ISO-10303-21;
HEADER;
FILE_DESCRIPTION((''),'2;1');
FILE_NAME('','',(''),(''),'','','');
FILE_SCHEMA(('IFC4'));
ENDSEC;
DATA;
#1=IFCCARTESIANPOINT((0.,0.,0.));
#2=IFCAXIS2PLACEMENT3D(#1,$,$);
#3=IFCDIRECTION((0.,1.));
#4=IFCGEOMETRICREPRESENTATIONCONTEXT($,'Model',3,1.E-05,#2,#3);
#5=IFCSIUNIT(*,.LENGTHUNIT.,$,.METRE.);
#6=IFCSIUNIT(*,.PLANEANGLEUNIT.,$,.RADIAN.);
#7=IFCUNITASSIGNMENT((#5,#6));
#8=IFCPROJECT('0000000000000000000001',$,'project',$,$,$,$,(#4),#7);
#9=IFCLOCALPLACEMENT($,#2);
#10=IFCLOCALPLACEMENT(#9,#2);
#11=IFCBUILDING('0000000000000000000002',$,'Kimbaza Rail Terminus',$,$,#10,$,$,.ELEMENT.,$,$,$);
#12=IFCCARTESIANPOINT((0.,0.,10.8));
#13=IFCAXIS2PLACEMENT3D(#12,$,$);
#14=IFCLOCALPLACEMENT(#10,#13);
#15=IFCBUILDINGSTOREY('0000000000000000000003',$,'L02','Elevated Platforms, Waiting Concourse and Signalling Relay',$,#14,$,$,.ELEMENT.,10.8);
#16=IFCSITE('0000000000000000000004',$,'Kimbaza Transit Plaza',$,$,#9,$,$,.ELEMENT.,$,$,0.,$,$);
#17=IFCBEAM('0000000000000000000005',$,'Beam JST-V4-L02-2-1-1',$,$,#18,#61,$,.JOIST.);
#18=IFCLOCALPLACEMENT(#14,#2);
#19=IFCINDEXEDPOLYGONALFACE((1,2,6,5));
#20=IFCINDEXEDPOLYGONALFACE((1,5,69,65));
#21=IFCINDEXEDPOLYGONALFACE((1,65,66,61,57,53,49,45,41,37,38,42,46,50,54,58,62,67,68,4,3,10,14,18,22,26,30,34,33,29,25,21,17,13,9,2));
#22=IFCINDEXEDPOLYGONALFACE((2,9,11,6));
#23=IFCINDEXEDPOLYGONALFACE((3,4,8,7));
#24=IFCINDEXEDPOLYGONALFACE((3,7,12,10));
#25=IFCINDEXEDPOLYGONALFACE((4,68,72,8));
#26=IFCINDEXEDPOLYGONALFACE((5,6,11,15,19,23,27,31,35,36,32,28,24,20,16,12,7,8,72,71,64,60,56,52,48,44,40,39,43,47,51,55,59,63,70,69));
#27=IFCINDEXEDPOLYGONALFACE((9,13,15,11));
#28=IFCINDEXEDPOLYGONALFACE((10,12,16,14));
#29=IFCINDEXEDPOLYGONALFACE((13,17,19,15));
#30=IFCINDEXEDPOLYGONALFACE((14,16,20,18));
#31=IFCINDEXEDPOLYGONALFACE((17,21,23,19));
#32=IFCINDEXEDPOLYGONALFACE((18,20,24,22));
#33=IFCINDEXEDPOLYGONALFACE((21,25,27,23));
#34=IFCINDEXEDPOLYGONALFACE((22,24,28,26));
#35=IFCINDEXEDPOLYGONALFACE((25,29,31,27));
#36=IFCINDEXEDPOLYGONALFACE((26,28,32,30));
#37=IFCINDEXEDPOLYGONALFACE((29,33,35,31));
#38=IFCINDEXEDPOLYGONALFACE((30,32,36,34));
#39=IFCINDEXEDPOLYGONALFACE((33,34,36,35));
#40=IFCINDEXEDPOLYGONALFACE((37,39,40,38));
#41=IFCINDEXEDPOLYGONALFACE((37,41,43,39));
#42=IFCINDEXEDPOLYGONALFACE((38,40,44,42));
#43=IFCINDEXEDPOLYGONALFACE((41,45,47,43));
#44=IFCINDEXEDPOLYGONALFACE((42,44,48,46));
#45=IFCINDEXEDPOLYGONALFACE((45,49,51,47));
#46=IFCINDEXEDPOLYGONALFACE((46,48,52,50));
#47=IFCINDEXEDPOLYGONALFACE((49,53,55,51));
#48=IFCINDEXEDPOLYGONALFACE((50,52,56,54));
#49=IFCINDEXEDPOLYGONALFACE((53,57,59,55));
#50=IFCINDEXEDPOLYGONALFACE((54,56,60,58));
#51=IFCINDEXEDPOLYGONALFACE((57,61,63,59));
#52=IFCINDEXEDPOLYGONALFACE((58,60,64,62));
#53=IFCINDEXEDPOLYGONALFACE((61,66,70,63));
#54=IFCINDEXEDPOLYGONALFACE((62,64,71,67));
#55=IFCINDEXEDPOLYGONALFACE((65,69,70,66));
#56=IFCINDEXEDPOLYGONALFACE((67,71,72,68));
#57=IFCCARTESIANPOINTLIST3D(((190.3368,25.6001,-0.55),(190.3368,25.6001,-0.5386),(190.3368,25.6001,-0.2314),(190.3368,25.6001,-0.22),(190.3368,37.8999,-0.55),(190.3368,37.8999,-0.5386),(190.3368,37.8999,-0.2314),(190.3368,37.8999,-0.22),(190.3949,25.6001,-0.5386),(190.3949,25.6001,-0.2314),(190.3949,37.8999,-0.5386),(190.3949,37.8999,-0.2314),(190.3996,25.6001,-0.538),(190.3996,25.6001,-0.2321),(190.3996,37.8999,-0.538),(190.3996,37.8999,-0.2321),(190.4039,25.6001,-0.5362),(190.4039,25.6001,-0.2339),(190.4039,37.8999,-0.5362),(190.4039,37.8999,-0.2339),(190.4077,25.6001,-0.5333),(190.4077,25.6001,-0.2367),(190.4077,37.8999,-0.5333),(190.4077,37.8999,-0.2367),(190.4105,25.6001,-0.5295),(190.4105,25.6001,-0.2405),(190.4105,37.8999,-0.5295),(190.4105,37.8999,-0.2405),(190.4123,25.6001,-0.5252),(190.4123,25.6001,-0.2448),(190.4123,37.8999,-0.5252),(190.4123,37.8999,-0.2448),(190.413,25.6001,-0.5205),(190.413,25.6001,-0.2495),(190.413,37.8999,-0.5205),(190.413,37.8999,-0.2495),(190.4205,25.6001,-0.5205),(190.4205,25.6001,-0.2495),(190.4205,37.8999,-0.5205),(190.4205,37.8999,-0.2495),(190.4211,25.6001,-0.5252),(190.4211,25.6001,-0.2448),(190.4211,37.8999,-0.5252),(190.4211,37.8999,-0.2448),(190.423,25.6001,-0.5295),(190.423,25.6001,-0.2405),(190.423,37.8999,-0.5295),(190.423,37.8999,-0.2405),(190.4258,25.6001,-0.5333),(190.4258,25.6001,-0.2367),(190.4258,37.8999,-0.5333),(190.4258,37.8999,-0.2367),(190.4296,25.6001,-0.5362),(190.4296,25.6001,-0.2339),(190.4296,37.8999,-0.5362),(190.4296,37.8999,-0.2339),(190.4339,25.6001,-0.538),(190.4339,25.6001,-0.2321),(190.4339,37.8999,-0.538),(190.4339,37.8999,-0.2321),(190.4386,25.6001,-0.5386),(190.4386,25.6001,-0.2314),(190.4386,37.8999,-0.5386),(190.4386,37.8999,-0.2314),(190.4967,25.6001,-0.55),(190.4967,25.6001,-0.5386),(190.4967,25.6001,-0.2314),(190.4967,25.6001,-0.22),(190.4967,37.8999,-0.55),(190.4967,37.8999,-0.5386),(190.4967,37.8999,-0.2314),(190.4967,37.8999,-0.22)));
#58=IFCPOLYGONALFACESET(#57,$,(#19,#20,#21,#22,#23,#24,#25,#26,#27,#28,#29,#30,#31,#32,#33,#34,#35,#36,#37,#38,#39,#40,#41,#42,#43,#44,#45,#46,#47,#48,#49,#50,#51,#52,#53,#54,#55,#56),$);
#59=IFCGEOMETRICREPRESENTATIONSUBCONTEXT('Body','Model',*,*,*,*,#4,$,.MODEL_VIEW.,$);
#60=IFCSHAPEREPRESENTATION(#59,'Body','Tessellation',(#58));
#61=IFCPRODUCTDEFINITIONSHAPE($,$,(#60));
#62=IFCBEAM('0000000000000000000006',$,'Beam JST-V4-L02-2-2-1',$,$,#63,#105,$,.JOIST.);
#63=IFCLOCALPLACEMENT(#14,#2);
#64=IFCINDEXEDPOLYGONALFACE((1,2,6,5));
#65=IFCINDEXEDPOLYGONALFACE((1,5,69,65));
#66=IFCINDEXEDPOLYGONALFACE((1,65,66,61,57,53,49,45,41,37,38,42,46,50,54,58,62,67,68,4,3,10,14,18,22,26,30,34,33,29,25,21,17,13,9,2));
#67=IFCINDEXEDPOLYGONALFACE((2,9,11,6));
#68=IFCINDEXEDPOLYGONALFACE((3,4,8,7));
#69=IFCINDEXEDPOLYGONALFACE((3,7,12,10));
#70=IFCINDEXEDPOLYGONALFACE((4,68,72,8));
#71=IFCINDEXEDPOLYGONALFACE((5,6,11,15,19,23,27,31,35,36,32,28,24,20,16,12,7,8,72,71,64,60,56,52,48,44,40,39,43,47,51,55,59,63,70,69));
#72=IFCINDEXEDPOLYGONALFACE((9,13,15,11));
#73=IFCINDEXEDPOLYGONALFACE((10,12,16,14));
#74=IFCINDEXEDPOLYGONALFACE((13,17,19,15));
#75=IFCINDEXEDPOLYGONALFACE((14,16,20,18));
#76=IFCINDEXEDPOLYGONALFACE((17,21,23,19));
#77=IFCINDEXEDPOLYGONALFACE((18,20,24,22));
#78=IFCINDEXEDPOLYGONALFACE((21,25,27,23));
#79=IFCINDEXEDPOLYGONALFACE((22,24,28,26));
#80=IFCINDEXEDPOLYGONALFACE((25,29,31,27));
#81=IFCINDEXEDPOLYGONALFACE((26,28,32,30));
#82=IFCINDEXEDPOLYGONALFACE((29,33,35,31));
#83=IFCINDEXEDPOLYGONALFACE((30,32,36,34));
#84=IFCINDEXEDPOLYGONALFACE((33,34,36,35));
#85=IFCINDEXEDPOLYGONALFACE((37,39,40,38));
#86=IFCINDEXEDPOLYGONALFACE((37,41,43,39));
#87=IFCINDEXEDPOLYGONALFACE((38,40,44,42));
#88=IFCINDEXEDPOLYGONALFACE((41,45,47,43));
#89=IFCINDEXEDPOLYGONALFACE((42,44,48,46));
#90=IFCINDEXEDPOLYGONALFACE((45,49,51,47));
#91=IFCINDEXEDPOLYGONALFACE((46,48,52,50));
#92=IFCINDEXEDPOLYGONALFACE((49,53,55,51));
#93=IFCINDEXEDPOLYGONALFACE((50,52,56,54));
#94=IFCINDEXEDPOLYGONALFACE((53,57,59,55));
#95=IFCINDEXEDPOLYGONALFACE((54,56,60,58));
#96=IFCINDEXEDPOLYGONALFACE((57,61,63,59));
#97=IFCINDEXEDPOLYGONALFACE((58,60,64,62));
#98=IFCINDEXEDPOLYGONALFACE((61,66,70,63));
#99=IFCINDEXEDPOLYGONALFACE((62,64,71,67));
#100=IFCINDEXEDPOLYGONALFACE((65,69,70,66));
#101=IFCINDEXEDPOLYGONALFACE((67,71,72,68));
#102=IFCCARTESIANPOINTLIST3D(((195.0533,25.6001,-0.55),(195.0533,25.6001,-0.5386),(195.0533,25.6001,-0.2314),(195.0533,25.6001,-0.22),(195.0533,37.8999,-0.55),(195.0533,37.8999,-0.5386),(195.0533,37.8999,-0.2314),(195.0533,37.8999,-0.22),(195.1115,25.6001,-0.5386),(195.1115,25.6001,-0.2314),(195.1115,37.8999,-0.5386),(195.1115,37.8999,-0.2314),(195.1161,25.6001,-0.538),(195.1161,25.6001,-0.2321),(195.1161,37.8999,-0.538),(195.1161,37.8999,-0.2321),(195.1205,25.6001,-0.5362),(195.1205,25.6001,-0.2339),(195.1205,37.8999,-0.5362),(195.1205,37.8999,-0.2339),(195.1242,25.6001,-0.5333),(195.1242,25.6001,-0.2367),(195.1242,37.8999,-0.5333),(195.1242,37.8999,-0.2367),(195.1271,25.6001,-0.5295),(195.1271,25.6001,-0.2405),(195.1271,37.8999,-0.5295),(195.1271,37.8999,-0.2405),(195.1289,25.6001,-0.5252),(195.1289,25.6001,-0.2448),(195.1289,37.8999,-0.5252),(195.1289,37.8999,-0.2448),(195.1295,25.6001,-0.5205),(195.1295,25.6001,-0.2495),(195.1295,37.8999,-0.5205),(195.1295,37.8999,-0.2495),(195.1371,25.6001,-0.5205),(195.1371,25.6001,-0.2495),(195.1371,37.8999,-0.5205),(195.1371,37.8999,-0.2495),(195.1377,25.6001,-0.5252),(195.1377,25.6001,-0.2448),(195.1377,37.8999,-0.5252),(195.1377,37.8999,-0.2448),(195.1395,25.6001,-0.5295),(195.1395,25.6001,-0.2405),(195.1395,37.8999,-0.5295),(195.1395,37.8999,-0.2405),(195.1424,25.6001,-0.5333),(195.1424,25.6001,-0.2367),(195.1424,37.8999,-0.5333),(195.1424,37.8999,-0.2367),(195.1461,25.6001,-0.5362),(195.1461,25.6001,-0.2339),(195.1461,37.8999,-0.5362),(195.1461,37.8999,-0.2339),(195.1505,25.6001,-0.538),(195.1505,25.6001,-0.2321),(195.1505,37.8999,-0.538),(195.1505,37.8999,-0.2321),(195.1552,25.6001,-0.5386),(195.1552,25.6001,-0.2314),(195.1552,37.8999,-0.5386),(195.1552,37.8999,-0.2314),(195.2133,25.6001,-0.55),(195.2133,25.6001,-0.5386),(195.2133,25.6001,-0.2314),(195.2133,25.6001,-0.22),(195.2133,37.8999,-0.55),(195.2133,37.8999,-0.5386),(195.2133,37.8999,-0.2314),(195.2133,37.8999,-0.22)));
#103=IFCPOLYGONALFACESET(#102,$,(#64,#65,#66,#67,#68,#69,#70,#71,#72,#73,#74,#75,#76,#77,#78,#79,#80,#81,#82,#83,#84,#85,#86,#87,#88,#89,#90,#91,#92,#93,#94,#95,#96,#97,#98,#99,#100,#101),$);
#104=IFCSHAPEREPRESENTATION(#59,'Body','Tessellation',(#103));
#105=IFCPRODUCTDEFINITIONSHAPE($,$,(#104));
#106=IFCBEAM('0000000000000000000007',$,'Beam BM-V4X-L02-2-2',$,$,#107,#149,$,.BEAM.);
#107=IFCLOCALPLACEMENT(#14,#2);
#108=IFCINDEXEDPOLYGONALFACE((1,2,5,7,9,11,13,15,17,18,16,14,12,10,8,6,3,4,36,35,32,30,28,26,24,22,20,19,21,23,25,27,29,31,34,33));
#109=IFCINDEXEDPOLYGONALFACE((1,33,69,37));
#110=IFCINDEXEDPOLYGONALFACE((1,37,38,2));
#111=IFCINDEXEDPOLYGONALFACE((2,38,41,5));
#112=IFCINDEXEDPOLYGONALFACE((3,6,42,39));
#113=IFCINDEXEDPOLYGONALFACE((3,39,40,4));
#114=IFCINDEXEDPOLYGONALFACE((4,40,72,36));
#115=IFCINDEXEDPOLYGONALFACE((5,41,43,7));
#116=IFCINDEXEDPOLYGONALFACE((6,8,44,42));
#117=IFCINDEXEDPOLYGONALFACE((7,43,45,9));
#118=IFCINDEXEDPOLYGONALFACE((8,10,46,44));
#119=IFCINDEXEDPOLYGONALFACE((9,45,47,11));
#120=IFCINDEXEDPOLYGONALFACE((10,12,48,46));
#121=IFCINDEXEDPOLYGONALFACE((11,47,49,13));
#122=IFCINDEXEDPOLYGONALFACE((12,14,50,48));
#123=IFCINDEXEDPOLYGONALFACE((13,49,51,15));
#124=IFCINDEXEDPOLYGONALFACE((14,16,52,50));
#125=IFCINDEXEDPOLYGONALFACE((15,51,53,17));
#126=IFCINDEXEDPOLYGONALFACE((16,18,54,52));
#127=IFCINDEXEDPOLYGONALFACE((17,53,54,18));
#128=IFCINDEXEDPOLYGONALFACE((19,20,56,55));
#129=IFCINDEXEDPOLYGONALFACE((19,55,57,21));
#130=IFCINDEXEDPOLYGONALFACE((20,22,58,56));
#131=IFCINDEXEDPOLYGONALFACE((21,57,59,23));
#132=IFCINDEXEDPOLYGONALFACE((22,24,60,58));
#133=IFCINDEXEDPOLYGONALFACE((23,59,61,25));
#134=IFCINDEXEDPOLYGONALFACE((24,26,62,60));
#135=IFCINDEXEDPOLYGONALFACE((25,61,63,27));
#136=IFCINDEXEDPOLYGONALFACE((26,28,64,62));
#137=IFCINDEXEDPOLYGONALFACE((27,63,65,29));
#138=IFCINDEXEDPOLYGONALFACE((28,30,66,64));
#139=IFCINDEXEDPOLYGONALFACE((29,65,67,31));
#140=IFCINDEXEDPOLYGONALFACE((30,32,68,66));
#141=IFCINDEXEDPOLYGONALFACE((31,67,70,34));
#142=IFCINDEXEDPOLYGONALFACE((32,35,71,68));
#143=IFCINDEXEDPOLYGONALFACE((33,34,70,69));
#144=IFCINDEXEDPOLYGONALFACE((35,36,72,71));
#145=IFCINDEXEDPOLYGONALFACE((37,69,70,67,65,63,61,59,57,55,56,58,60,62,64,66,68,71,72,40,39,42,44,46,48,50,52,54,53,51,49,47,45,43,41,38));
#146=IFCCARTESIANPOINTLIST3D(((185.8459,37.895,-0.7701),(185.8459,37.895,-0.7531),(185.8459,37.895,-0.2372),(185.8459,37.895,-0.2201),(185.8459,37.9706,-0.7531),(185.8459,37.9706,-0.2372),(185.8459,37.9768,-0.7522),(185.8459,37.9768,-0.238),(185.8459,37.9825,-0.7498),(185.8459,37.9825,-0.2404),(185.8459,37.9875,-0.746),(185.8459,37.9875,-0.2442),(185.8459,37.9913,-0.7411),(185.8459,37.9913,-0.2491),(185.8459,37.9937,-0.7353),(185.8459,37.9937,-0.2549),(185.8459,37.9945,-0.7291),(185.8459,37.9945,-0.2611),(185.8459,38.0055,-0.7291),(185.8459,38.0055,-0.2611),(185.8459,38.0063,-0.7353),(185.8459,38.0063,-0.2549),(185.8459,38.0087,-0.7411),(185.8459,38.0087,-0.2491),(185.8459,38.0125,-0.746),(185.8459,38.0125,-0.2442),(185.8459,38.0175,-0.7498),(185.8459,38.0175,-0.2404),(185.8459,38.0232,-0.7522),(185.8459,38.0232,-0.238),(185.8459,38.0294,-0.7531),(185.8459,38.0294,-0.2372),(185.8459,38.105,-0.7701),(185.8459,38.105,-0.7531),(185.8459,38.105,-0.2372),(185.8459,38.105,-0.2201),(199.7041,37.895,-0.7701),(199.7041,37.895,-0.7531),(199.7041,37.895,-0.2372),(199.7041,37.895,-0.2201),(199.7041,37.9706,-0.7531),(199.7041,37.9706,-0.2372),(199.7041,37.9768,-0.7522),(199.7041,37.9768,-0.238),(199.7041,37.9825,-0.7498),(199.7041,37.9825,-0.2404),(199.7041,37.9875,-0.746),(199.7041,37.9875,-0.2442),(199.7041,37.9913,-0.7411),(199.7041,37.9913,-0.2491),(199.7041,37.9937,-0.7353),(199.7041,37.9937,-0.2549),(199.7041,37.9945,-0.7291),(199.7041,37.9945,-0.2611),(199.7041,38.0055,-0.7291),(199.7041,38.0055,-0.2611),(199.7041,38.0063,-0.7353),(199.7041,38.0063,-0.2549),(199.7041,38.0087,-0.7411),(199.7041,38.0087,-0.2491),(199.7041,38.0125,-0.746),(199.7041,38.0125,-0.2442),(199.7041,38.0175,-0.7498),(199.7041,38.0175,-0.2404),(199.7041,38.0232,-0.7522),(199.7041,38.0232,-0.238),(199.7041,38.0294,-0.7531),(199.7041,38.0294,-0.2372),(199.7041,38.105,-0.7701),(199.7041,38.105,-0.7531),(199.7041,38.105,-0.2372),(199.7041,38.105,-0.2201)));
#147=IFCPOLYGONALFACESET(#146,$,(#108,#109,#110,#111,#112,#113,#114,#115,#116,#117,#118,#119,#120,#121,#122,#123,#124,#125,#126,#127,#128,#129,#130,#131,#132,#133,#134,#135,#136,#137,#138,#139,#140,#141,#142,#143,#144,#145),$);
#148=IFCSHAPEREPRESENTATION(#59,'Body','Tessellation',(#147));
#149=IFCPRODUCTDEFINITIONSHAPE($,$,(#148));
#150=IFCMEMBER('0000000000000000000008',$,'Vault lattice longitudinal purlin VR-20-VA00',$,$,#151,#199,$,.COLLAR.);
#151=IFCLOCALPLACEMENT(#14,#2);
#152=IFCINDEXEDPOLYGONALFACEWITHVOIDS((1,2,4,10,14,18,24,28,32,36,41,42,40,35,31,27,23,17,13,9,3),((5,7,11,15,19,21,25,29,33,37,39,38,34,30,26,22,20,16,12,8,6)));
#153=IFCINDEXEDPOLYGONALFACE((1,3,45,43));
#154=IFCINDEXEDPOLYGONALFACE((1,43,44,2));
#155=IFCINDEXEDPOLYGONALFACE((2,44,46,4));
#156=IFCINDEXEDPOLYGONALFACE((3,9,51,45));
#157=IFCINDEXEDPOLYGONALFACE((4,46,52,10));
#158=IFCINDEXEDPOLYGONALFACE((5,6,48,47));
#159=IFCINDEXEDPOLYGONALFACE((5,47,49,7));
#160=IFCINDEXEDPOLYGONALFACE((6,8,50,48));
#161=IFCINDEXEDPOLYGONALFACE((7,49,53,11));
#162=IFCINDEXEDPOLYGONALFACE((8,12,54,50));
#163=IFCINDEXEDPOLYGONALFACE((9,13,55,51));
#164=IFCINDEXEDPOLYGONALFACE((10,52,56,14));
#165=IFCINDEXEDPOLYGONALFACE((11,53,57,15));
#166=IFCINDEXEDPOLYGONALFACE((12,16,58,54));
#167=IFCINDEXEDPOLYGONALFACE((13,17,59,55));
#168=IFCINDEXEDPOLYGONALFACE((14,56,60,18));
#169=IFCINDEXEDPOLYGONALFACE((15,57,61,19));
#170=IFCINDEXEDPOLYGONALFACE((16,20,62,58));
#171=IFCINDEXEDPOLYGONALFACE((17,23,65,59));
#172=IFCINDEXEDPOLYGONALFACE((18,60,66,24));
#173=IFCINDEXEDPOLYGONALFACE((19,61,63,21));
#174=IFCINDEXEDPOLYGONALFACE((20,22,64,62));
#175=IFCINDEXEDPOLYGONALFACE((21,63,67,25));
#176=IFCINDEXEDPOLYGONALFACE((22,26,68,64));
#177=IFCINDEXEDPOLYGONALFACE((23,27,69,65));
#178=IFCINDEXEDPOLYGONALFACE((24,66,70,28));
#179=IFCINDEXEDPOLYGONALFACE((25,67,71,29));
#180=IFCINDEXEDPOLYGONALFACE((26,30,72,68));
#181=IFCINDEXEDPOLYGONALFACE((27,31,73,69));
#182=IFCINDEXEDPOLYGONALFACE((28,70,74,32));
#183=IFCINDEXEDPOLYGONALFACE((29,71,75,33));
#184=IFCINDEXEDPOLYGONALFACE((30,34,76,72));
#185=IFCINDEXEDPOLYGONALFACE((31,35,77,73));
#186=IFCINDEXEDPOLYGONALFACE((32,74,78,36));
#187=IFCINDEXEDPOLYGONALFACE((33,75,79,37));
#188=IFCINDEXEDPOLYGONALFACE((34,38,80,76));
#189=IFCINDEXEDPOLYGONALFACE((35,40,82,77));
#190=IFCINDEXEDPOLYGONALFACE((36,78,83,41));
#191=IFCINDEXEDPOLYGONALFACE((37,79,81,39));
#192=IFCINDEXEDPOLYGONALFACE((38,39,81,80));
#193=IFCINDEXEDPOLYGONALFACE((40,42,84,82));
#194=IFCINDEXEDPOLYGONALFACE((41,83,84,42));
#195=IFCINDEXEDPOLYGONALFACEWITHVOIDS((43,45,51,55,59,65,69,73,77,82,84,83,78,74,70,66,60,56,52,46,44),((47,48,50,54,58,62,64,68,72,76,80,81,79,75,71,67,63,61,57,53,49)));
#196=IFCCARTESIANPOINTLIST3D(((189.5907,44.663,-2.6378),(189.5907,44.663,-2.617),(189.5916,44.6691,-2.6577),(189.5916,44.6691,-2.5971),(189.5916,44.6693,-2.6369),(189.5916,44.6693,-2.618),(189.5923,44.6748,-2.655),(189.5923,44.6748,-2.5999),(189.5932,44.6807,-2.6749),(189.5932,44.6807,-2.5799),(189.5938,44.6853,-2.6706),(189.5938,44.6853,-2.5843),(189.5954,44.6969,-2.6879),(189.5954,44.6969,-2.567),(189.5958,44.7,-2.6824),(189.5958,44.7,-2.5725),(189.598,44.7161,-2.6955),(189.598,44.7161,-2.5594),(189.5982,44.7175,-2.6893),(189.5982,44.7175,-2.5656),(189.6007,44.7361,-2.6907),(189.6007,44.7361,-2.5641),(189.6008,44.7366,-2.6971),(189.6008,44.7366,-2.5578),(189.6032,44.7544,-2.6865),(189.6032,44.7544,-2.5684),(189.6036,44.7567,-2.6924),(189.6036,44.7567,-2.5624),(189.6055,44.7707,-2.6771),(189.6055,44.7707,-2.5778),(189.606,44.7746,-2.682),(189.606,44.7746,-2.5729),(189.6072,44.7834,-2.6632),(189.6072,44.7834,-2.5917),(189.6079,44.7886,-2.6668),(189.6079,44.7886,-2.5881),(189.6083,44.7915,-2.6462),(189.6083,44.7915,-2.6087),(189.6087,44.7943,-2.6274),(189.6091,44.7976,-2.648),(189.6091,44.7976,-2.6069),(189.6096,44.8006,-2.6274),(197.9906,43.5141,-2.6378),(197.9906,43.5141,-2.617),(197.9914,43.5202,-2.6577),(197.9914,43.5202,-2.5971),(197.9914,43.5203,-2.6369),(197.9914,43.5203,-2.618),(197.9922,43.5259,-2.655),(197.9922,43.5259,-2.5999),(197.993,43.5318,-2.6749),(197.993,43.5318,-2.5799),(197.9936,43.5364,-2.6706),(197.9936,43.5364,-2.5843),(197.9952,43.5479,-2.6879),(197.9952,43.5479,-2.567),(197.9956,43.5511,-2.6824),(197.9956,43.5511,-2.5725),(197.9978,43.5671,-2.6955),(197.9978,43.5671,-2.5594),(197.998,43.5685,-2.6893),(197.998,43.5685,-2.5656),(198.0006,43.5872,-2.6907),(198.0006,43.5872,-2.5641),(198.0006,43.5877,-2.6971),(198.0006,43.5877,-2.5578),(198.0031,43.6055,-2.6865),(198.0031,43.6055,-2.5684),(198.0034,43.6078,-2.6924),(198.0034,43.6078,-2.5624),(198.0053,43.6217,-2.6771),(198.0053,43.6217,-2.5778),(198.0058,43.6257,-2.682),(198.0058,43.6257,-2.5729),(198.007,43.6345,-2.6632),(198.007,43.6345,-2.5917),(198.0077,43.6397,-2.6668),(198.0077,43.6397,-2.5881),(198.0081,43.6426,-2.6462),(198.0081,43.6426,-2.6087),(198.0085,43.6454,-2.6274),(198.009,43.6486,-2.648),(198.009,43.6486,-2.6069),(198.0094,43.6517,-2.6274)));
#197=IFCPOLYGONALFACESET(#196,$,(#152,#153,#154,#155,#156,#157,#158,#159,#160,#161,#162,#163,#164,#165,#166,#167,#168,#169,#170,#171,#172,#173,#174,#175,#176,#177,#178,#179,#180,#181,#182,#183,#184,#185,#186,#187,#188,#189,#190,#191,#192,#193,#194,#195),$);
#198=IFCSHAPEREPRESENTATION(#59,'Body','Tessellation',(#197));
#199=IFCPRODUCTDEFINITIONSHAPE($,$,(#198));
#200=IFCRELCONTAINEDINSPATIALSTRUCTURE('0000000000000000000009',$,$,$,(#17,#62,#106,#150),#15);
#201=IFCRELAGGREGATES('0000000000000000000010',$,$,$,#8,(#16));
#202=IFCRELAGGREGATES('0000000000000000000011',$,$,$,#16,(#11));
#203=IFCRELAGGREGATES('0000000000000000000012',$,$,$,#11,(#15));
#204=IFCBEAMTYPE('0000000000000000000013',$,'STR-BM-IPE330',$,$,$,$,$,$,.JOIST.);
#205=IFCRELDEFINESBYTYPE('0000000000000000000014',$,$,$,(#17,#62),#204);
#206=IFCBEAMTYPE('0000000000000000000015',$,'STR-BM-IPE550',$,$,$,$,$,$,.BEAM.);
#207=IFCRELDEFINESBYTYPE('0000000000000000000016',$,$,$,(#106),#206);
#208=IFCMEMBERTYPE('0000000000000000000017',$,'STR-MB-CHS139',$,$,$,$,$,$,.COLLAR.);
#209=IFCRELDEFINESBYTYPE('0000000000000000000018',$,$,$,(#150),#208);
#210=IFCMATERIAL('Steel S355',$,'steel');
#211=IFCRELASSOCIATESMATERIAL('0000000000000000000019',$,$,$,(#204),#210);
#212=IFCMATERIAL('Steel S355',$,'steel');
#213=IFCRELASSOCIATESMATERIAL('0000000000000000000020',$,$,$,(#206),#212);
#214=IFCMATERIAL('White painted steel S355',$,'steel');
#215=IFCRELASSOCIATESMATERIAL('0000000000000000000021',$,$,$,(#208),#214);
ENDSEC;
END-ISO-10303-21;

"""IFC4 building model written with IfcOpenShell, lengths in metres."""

from ifc_helpers import new_model, si_unit, direction, frame, origin, origin_2d, place, context, subcontext, project, spatial, hollow_circle, i_section, extrude, material, material_profile, profile_set, type_object, element, save


model = new_model("IFC4")

# Units and contexts
model_context = context("Model", 3, precision=1e-05, world=origin(), true_north=direction((0.0, 1.0)))
body_context = subcontext(model_context, "Body", "Model", "MODEL_VIEW")
ifc_project = project(units=[si_unit("LENGTHUNIT", "METRE"), si_unit("PLANEANGLEUNIT", "RADIAN")], contexts=[model_context])

# Site, building, storey
site_placement = place(None, origin())
site = spatial("IfcSite", under=ifc_project, at=site_placement, Name="Kimbaza Transit Plaza", CompositionType="ELEMENT", RefElevation=0.0)
building_placement = place(site_placement, origin())
building = spatial("IfcBuilding", under=site, at=building_placement, Name="Kimbaza Rail Terminus", CompositionType="ELEMENT")
storey_placement = place(building_placement, frame((0.0, 0.0, 10.8)))
storey = spatial("IfcBuildingStorey", under=building, at=storey_placement, Name="L02", Description="Elevated Platforms, Waiting Concourse and Signalling Relay", CompositionType="ELEMENT", Elevation=10.8)

# Beams
ifc_material_1 = material(Name="Steel S355", Category="steel")
ifc_material_profile_1 = material_profile(ifc_material_1, i_section(OverallWidth=0.1599, OverallDepth=0.3301, WebThickness=0.0076, FlangeThickness=0.0115, FilletRadius=0.0181, at=origin_2d()), Name="IPE 330")
ifc_profile_set_1 = profile_set([ifc_material_profile_1], Name="Steel S355")
beam_type_1 = type_object("IfcBeamType", Name="STR-BM-IPE330", PredefinedType="JOIST", material=ifc_profile_set_1)
for number, where, z_axis, x_axis, name in (
    (1, (190.4167, 25.6001, -0.385), (0.0, 1.0, 0.0), (-1.0, 0.0, 0.0), "Beam JST-V4-L02-2-1-1"),
    (2, (195.1333, 25.6001, -0.385), (0.0, 1.0, 0.0), (-1.0, 0.0, 0.0), "Beam JST-V4-L02-2-2-1"),
):
    element("IfcBeam", number, at=place(storey_placement, frame(where, z_axis=z_axis, x_axis=x_axis)), inside=storey, type_object=beam_type_1, Name=name, PredefinedType="JOIST", context=body_context, shape_type="SweptSolid", body=[
        extrude(i_section(OverallWidth=0.1599, OverallDepth=0.3301, WebThickness=0.0076, FlangeThickness=0.0115, FilletRadius=0.0181, at=origin_2d()), origin(), (0.0, 0.0, 1.0), 12.2998),
    ])
ifc_material_2 = material(Name="Steel S355", Category="steel")
ifc_material_profile_2 = material_profile(ifc_material_2, i_section(OverallWidth=0.21, OverallDepth=0.55, WebThickness=0.011, FlangeThickness=0.0171, FilletRadius=0.0239, at=origin_2d()), Name="IPE 550")
ifc_profile_set_2 = profile_set([ifc_material_profile_2], Name="Steel S355")
beam_type_2 = type_object("IfcBeamType", Name="STR-BM-IPE550", PredefinedType="BEAM", material=ifc_profile_set_2)
beam_1_placement = place(storey_placement, frame((185.8459, 38.0, -0.4951), z_axis=(1.0, 0.0, 0.0), x_axis=(0.0, 1.0, 0.0)))
element("IfcBeam", 3, at=beam_1_placement, inside=storey, type_object=beam_type_2, Name="Beam BM-V4X-L02-2-2", PredefinedType="BEAM", context=body_context, shape_type="SweptSolid", body=[
    extrude(i_section(OverallWidth=0.21, OverallDepth=0.55, WebThickness=0.011, FlangeThickness=0.0171, FilletRadius=0.0239, at=origin_2d()), origin(), (0.0, 0.0, 1.0), 13.8582),
])

# Member
ifc_material_3 = material(Name="White painted steel S355", Category="steel")
ifc_material_profile_3 = material_profile(ifc_material_3, hollow_circle(Radius=0.0698, WallThickness=0.0063, at=origin_2d()), Name="CHS 139.7x6.3")
ifc_profile_set_3 = profile_set([ifc_material_profile_3], Name="White painted steel S355")
member_type_1 = type_object("IfcMemberType", Name="STR-MB-CHS139", PredefinedType="COLLAR", material=ifc_profile_set_3)
member_1_placement = place(storey_placement, frame((189.6001, 44.7314, -2.6274), z_axis=(0.990775, -0.135517, 0.0), x_axis=(0.135517, 0.990775, 0.0)))
element("IfcMember", 4, at=member_1_placement, inside=storey, type_object=member_type_1, Name="Vault lattice longitudinal purlin VR-20-VA00", PredefinedType="COLLAR", context=body_context, shape_type="SweptSolid", body=[
    extrude(hollow_circle(Radius=0.0698, WallThickness=0.0063, at=origin_2d()), origin(), (0.0, 0.0, 1.0), 8.478),
])

save(model, "model.ifc")
